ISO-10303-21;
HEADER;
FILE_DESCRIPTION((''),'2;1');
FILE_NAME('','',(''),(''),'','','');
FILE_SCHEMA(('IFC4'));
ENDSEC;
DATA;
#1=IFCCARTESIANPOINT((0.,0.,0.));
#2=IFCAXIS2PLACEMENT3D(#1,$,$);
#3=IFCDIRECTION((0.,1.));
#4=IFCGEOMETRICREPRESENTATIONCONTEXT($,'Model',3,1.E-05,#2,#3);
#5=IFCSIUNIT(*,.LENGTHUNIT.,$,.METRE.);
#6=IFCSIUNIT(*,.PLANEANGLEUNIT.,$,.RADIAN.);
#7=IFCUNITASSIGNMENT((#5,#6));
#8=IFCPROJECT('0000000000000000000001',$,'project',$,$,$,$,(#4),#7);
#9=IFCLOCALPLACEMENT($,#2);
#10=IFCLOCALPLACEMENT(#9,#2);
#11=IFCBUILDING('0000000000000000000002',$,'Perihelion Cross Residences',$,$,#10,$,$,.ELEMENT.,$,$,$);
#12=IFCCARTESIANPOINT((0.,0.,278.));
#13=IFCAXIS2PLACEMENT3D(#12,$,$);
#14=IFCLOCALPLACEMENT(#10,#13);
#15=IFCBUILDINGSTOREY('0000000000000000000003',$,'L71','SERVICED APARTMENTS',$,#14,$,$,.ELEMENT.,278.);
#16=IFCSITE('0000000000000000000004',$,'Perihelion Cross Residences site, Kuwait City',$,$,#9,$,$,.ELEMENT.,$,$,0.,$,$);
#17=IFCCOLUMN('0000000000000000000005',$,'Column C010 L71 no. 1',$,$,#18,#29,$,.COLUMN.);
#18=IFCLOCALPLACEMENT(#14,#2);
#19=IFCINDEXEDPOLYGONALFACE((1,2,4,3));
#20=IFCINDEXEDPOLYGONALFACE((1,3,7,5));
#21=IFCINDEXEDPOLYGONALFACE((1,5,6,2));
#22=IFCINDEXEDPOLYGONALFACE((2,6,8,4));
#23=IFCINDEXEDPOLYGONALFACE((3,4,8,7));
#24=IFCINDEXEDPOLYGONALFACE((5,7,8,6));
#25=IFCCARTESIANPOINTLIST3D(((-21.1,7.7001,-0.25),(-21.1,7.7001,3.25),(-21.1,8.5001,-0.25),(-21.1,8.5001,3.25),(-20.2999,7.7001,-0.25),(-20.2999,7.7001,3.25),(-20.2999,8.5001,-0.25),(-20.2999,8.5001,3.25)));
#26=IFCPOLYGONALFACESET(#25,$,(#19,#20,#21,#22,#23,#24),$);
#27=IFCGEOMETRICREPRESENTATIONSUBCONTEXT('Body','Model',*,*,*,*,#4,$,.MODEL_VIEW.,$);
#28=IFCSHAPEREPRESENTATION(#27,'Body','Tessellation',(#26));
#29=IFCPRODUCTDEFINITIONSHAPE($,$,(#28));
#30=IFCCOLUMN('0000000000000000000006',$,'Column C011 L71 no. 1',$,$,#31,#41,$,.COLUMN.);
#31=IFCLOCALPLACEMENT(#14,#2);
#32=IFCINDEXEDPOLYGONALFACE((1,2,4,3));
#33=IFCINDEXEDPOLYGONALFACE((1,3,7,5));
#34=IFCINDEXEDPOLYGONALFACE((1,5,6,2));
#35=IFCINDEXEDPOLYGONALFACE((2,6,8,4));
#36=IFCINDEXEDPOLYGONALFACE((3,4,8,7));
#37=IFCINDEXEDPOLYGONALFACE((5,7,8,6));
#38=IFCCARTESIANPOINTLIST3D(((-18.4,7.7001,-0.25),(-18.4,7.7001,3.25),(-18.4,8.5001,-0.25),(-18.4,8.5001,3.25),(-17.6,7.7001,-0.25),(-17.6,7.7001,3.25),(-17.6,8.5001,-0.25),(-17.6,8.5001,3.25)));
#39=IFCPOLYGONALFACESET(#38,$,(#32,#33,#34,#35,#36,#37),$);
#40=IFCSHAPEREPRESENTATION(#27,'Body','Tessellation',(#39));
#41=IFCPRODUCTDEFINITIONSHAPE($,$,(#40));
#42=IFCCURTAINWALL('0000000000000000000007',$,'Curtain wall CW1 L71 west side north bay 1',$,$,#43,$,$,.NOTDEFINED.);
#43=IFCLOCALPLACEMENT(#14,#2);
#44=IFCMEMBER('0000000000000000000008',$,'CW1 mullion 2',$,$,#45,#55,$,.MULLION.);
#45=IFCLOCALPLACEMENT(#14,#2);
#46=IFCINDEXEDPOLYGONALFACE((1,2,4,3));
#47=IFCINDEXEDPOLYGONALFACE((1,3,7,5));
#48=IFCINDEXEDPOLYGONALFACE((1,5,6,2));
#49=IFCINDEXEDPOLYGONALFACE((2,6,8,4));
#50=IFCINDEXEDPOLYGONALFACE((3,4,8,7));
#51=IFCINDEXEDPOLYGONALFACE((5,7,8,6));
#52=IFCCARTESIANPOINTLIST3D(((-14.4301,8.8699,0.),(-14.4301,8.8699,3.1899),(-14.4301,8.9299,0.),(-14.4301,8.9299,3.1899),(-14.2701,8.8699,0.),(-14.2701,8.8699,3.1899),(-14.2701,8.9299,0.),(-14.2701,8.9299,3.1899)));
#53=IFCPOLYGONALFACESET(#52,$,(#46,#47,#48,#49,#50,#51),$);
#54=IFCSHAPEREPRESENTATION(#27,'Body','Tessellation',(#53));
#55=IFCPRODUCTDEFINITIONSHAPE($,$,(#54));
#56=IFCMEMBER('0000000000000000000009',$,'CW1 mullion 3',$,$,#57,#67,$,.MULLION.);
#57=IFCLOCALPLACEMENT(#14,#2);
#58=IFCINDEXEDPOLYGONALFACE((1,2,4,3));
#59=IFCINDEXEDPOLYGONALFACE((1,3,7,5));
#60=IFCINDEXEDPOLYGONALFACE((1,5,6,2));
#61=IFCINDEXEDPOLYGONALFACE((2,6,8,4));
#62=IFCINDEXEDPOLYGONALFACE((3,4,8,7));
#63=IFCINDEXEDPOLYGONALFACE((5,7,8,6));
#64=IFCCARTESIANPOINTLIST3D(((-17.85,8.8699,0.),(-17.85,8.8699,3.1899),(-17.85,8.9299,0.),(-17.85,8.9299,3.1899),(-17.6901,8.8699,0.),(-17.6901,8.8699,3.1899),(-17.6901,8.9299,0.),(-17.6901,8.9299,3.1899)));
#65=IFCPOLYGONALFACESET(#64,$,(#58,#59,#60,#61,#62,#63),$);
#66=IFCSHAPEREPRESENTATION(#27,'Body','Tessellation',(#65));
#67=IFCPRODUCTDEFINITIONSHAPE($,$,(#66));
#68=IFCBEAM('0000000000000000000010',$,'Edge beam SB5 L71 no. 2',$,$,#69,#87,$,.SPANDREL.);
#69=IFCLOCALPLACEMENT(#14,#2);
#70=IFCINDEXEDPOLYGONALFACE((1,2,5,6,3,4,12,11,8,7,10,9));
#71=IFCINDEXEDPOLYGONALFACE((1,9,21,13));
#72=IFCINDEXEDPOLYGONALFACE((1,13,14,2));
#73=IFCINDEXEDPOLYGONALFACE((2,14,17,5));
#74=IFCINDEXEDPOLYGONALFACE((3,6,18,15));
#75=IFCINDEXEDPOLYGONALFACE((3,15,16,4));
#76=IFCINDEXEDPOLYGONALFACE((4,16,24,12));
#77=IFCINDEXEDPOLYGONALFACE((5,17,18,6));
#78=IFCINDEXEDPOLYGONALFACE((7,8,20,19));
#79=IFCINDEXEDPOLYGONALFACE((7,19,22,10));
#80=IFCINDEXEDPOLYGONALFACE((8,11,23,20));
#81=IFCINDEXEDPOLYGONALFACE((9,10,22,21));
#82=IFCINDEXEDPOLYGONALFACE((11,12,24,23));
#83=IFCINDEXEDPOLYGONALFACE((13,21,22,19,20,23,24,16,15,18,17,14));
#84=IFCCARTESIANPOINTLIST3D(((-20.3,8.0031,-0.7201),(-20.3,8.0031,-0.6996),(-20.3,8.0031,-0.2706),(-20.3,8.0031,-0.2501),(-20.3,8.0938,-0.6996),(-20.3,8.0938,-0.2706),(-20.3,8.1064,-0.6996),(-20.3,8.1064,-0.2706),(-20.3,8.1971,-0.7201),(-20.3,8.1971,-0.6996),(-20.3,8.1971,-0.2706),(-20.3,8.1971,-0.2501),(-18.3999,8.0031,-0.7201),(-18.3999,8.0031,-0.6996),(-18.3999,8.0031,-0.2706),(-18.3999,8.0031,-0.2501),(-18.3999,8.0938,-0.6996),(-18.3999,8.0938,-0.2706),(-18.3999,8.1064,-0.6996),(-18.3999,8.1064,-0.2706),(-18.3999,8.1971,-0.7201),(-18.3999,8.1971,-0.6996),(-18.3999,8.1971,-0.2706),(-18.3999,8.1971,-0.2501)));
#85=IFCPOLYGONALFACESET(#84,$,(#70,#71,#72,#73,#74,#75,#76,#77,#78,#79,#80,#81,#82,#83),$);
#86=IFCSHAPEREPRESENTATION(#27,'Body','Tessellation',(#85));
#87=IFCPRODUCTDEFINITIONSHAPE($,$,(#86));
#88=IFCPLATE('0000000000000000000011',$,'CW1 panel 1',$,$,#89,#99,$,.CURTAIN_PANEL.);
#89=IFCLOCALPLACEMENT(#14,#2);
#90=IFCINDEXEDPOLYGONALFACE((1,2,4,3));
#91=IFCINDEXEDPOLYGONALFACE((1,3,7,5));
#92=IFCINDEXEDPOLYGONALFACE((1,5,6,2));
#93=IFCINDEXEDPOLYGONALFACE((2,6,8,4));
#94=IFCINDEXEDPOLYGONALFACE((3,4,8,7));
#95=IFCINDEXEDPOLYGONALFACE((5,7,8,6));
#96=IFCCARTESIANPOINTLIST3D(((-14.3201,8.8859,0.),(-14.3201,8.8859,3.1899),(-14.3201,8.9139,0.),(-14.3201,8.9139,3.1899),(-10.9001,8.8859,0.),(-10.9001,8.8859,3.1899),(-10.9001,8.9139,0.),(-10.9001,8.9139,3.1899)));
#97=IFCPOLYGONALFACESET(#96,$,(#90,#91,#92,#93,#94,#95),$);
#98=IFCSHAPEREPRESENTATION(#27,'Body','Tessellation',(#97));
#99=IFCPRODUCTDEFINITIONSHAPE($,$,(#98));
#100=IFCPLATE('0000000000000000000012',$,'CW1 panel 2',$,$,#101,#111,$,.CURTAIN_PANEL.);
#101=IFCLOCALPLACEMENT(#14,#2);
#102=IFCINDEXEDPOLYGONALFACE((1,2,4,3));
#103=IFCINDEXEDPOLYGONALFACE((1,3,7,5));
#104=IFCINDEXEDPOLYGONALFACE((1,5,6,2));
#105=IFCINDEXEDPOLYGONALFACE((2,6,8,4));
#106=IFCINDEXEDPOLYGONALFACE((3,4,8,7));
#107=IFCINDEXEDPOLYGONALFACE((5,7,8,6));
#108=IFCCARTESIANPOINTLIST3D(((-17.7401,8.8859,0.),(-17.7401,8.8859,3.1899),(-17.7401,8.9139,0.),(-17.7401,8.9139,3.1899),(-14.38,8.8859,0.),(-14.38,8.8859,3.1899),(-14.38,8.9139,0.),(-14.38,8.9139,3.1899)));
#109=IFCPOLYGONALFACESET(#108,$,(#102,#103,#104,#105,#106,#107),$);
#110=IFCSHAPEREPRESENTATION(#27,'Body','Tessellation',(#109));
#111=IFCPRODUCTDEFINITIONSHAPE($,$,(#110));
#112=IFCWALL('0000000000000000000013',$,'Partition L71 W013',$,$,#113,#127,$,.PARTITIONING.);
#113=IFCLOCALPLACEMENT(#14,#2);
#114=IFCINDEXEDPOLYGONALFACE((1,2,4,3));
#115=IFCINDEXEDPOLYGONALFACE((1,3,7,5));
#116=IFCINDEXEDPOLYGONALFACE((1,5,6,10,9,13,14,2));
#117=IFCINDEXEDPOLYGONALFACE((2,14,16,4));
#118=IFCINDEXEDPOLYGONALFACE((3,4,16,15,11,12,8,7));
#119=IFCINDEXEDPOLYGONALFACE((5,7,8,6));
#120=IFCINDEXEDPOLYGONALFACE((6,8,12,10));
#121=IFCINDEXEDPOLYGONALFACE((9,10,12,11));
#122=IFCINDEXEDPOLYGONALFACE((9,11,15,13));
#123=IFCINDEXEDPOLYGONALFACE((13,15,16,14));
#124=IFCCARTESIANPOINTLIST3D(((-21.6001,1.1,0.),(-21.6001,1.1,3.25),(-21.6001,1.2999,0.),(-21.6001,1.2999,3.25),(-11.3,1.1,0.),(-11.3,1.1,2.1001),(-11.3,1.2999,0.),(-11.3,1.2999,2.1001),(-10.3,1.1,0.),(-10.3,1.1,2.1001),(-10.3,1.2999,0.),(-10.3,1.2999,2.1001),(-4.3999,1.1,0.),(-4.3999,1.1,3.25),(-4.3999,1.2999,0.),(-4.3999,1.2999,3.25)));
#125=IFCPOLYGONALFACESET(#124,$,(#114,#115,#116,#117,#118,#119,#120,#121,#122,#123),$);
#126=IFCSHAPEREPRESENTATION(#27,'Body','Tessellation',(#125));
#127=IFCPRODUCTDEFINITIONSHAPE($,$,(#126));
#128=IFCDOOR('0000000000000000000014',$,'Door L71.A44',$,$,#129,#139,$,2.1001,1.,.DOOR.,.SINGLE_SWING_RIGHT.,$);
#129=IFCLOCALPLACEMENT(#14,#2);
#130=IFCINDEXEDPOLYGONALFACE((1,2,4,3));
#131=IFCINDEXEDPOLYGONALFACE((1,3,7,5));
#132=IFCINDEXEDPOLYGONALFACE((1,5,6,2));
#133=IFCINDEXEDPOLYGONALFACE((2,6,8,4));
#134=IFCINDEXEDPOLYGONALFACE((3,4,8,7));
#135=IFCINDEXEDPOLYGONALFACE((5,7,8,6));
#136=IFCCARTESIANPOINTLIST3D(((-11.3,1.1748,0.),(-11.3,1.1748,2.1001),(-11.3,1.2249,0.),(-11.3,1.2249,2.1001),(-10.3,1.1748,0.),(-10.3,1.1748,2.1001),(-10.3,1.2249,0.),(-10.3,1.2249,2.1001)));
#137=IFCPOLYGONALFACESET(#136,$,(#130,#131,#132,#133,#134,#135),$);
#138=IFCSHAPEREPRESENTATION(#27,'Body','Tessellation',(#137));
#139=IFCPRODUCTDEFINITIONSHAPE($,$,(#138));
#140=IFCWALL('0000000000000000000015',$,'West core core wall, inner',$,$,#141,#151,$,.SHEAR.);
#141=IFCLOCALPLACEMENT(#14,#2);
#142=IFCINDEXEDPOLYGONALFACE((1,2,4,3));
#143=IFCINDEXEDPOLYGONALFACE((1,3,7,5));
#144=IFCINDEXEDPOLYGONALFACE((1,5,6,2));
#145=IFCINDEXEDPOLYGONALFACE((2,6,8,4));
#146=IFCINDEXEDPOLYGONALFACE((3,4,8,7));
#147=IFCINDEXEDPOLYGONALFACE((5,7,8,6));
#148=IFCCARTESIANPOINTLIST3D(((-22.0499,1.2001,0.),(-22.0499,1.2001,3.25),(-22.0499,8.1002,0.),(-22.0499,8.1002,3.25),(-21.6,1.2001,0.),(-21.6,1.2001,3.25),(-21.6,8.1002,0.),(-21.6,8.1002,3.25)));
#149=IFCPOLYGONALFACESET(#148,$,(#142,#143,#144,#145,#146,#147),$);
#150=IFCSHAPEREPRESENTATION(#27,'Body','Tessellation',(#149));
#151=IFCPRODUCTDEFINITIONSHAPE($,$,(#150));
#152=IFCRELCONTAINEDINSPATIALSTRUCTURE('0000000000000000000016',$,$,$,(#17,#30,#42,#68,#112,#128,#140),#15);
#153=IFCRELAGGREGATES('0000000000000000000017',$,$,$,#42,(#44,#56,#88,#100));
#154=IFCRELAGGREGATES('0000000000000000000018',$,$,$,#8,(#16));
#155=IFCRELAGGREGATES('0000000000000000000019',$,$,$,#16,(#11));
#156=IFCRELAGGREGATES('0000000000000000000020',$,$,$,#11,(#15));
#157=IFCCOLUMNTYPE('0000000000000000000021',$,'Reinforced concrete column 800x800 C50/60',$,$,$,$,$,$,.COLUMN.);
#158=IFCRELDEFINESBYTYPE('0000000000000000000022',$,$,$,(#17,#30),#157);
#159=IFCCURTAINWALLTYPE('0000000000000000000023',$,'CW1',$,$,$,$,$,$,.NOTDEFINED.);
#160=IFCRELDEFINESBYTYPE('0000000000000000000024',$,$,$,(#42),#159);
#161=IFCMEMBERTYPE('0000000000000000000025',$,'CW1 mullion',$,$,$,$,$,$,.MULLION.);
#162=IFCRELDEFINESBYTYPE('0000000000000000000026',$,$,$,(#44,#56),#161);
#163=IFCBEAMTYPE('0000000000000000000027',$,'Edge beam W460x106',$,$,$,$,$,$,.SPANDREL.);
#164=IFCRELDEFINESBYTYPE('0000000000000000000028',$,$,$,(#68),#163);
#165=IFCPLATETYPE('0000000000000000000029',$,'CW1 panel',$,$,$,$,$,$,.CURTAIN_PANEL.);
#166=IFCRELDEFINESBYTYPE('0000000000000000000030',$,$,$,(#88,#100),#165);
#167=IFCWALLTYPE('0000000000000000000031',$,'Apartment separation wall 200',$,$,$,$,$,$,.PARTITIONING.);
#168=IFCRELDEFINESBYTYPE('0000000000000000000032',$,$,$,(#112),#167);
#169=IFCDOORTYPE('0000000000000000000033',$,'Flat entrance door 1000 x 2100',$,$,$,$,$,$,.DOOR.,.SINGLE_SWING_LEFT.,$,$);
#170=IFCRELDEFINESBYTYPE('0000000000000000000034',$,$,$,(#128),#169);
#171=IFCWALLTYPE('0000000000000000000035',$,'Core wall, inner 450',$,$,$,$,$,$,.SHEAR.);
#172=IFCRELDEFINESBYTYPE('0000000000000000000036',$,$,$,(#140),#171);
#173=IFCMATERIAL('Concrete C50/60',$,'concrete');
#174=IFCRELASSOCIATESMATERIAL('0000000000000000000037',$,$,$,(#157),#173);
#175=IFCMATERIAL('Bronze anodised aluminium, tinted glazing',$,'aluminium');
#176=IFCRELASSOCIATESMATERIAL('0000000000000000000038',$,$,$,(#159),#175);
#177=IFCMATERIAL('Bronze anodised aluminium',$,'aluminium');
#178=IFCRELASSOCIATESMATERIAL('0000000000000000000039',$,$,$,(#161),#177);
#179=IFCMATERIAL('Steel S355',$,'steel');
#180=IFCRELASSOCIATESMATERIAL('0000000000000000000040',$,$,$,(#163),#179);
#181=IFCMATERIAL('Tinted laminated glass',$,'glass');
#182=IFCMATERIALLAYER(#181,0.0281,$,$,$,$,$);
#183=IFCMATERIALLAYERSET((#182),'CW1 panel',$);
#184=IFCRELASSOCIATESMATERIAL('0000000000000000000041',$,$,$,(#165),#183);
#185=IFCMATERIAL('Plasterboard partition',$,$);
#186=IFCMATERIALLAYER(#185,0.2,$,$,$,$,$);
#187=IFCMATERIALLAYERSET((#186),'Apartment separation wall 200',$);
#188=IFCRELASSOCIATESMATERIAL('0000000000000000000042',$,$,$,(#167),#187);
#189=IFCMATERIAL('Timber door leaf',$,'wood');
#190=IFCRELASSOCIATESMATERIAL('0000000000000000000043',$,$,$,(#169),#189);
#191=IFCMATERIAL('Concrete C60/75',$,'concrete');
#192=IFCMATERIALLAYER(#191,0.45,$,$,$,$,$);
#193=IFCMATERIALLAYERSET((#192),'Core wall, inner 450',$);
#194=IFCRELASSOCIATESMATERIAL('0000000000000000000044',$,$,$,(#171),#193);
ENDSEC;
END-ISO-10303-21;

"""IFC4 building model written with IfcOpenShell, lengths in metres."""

from ifc_helpers import new_model, si_unit, direction, frame, frame_2d, origin, origin_2d, place, context, subcontext, project, spatial, rectangle, i_section, extrude, material, layer, layer_set, material_profile, profile_set, type_object, element, fill, aggregate, save


model = new_model("IFC4")

# Units and contexts
model_context = context("Model", 3, precision=1e-05, world=origin(), true_north=direction((0.0, 1.0)))
body_context = subcontext(model_context, "Body", "Model", "MODEL_VIEW")
ifc_project = project(units=[si_unit("LENGTHUNIT", "METRE"), si_unit("PLANEANGLEUNIT", "RADIAN")], contexts=[model_context])

# Site, building, storey
site_placement = place(None, origin())
site = spatial("IfcSite", under=ifc_project, at=site_placement, Name="Perihelion Cross Residences site, Kuwait City", CompositionType="ELEMENT", RefElevation=0.0)
building_placement = place(site_placement, origin())
building = spatial("IfcBuilding", under=site, at=building_placement, Name="Perihelion Cross Residences", CompositionType="ELEMENT")
storey_placement = place(building_placement, frame((0.0, 0.0, 278.0)))
storey = spatial("IfcBuildingStorey", under=building, at=storey_placement, Name="L71", Description="SERVICED APARTMENTS", CompositionType="ELEMENT", Elevation=278.0)

# Columns
ifc_material_1 = material(Name="Concrete C50/60", Category="concrete")
ifc_material_profile_1 = material_profile(ifc_material_1, rectangle(XDim=0.8, YDim=0.8, at=origin_2d()), Name="RC 800x800")
ifc_profile_set_1 = profile_set([ifc_material_profile_1], Name="Concrete C50/60")
column_type = type_object("IfcColumnType", Name="Reinforced concrete column 800x800 C50/60", PredefinedType="COLUMN", material=ifc_profile_set_1)
for number, where, z_axis, x_axis, name in (
    (1, (-20.7, 8.1001, -0.25), (0.0, 0.0, 1.0), (1.0, 0.0, 0.0), "Column C010 L71 no. 1"),
    (2, (-18.0, 8.1001, -0.25), (0.0, 0.0, 1.0), (1.0, 0.0, 0.0), "Column C011 L71 no. 1"),
):
    element("IfcColumn", number, at=place(storey_placement, frame(where, z_axis=z_axis, x_axis=x_axis)), inside=storey, type_object=column_type, Name=name, PredefinedType="COLUMN", context=body_context, shape_type="SweptSolid", body=[
        extrude(rectangle(XDim=0.8, YDim=0.8, at=origin_2d()), origin(), (0.0, 0.0, 1.0), 3.5),
    ])

# Curtain wall, members
ifc_material_2 = material(Name="Bronze anodised aluminium, tinted glazing", Category="aluminium")
curtain_wall_type = type_object("IfcCurtainWallType", Name="CW1", PredefinedType="NOTDEFINED", material=ifc_material_2)
curtain_wall_placement = place(storey_placement, origin())
curtain_wall = element("IfcCurtainWall", 3, at=curtain_wall_placement, inside=storey, type_object=curtain_wall_type, Name="Curtain wall CW1 L71 west side north bay 1", PredefinedType="NOTDEFINED")
ifc_material_3 = material(Name="Bronze anodised aluminium", Category="aluminium")
ifc_material_profile_2 = material_profile(ifc_material_3, rectangle(XDim=0.0601, YDim=0.1599, at=origin_2d()), Name="CW1 mullion")
ifc_profile_set_2 = profile_set([ifc_material_profile_2], Name="Bronze anodised aluminium")
member_type = type_object("IfcMemberType", Name="CW1 mullion", PredefinedType="MULLION", material=ifc_profile_set_2)
member_1_placement = place(storey_placement, frame((-14.3501, 8.8999, 0.0), z_axis=(0.0, 0.0, 1.0), x_axis=(0.0, -1.0, 0.0)))
member_1 = element("IfcMember", 4, at=member_1_placement, type_object=member_type, Name="CW1 mullion 2", PredefinedType="MULLION", context=body_context, shape_type="SweptSolid", body=[
    extrude(rectangle(XDim=0.0601, YDim=0.1599, at=origin_2d()), origin(), (0.0, 0.0, 1.0), 3.1899),
])
member_2_placement = place(storey_placement, frame((-17.77, 8.8999, 0.0), z_axis=(0.0, 0.0, 1.0), x_axis=(0.0, -1.0, 0.0)))
member_2 = element("IfcMember", 5, at=member_2_placement, type_object=member_type, Name="CW1 mullion 3", PredefinedType="MULLION", context=body_context, shape_type="SweptSolid", body=[
    extrude(rectangle(XDim=0.0601, YDim=0.1599, at=origin_2d()), origin(), (0.0, 0.0, 1.0), 3.1899),
])

# Beam
ifc_material_4 = material(Name="Steel S355", Category="steel")
ifc_material_profile_3 = material_profile(ifc_material_4, i_section(OverallWidth=0.1941, OverallDepth=0.47, WebThickness=0.0127, FlangeThickness=0.0205, at=origin_2d()), Name="W460x106")
ifc_profile_set_3 = profile_set([ifc_material_profile_3], Name="Steel S355")
beam_type = type_object("IfcBeamType", Name="Edge beam W460x106", PredefinedType="SPANDREL", material=ifc_profile_set_3)
beam_placement = place(storey_placement, frame((-18.3999, 8.1001, -0.4851), z_axis=(-1.0, 0.0, 0.0), x_axis=(0.0, -1.0, 0.0)))
element("IfcBeam", 6, at=beam_placement, inside=storey, type_object=beam_type, Name="Edge beam SB5 L71 no. 2", PredefinedType="SPANDREL", context=body_context, shape_type="SweptSolid", body=[
    extrude(i_section(OverallWidth=0.1941, OverallDepth=0.47, WebThickness=0.0127, FlangeThickness=0.0205, at=origin_2d()), origin(), (0.0, 0.0, 1.0), 1.9001),
])

# Plates
ifc_material_5 = material(Name="Tinted laminated glass", Category="glass")
ifc_layer_1 = layer(ifc_material_5, 0.0281)
ifc_layer_set_1 = layer_set([ifc_layer_1], Name="CW1 panel")
plate_type = type_object("IfcPlateType", Name="CW1 panel", PredefinedType="CURTAIN_PANEL", material=ifc_layer_set_1)
plate_1_placement = place(storey_placement, frame((-12.6101, 8.8999, 0.0), z_axis=(0.0, 0.0, 1.0), x_axis=(-1.0, 0.0, 0.0)))
plate_1 = element("IfcPlate", 7, at=plate_1_placement, type_object=plate_type, Name="CW1 panel 1", PredefinedType="CURTAIN_PANEL", context=body_context, shape_type="SweptSolid", body=[
    extrude(rectangle(XDim=3.4199, YDim=0.0281, at=origin_2d()), origin(), (0.0, 0.0, 1.0), 3.1899),
])
plate_2_placement = place(storey_placement, frame((-16.0601, 8.8999, 0.0), z_axis=(0.0, 0.0, 1.0), x_axis=(-1.0, 0.0, 0.0)))
plate_2 = element("IfcPlate", 8, at=plate_2_placement, type_object=plate_type, Name="CW1 panel 2", PredefinedType="CURTAIN_PANEL", context=body_context, shape_type="SweptSolid", body=[
    extrude(rectangle(XDim=3.3601, YDim=0.0281, at=origin_2d()), origin(), (0.0, 0.0, 1.0), 3.1899),
])
aggregate(curtain_wall, [member_1, member_2, plate_1, plate_2])

# Wall, opening, door
ifc_material_6 = material(Name="Plasterboard partition")
ifc_layer_2 = layer(ifc_material_6, 0.2)
ifc_layer_set_2 = layer_set([ifc_layer_2], Name="Apartment separation wall 200")
wall_type_1 = type_object("IfcWallType", Name="Apartment separation wall 200", PredefinedType="PARTITIONING", material=ifc_layer_set_2)
wall_1_placement = place(storey_placement, frame((-21.6001, 1.2, 0.0), z_axis=(0.0, 0.0, 1.0), x_axis=(1.0, 0.0, 0.0)))
wall_1 = element("IfcWall", 9, at=wall_1_placement, inside=storey, type_object=wall_type_1, Name="Partition L71 W013", PredefinedType="PARTITIONING", context=body_context, shape_type="SweptSolid", body=[
    extrude(rectangle(XDim=17.2002, YDim=0.2, at=frame_2d((8.6001, 0.0))), origin(), (0.0, 0.0, 1.0), 3.25),
])
opening_1_placement = place(wall_1_placement, frame((10.3, 0.0, 0.0)))
opening_1 = element("IfcOpeningElement", 10, at=opening_1_placement, cuts=wall_1, PredefinedType="OPENING", context=body_context, shape_type="SweptSolid", body=[
    extrude(rectangle(XDim=1.0, YDim=2.1001, at=frame_2d((0.5, 1.05))), frame((0.0, 0.1099, 0.0), z_axis=(0.0, -1.0, 0.0), x_axis=(1.0, 0.0, 0.0)), (0.0, 0.0, 1.0), 0.22),
])
ifc_material_7 = material(Name="Timber door leaf", Category="wood")
door_type_1 = type_object("IfcDoorType", Name="Flat entrance door 1000 x 2100", OperationType="SINGLE_SWING_LEFT", PredefinedType="DOOR", material=ifc_material_7)
door_1_placement = place(opening_1_placement, origin())
door_1 = element("IfcDoor", 11, at=door_1_placement, inside=storey, type_object=door_type_1, Name="Door L71.A44", OperationType="SINGLE_SWING_RIGHT", OverallHeight=2.1001, OverallWidth=1.0, PredefinedType="DOOR", context=body_context, shape_type="SweptSolid", body=[
    extrude(rectangle(XDim=1.0, YDim=2.1001, at=frame_2d((0.5, 1.05))), frame((0.0, 0.0249, 0.0), z_axis=(0.0, -1.0, 0.0), x_axis=(1.0, 0.0, 0.0)), (0.0, 0.0, 1.0), 0.05),
])
fill(opening_1, door_1)

# Wall
ifc_material_8 = material(Name="Concrete C60/75", Category="concrete")
ifc_layer_3 = layer(ifc_material_8, 0.45)
ifc_layer_set_3 = layer_set([ifc_layer_3], Name="Core wall, inner 450")
wall_type_2 = type_object("IfcWallType", Name="Core wall, inner 450", PredefinedType="SHEAR", material=ifc_layer_set_3)
wall_2_placement = place(storey_placement, frame((-21.825, 1.2, 0.0), z_axis=(0.0, 0.0, 1.0), x_axis=(0.0, 1.0, 0.0)))
element("IfcWall", 12, at=wall_2_placement, inside=storey, type_object=wall_type_2, Name="West core core wall, inner", PredefinedType="SHEAR", context=body_context, shape_type="SweptSolid", body=[
    extrude(rectangle(XDim=6.9001, YDim=0.45, at=frame_2d((3.4502, 0.0))), origin(), (0.0, 0.0, 1.0), 3.25),
])

save(model, "model.ifc")
